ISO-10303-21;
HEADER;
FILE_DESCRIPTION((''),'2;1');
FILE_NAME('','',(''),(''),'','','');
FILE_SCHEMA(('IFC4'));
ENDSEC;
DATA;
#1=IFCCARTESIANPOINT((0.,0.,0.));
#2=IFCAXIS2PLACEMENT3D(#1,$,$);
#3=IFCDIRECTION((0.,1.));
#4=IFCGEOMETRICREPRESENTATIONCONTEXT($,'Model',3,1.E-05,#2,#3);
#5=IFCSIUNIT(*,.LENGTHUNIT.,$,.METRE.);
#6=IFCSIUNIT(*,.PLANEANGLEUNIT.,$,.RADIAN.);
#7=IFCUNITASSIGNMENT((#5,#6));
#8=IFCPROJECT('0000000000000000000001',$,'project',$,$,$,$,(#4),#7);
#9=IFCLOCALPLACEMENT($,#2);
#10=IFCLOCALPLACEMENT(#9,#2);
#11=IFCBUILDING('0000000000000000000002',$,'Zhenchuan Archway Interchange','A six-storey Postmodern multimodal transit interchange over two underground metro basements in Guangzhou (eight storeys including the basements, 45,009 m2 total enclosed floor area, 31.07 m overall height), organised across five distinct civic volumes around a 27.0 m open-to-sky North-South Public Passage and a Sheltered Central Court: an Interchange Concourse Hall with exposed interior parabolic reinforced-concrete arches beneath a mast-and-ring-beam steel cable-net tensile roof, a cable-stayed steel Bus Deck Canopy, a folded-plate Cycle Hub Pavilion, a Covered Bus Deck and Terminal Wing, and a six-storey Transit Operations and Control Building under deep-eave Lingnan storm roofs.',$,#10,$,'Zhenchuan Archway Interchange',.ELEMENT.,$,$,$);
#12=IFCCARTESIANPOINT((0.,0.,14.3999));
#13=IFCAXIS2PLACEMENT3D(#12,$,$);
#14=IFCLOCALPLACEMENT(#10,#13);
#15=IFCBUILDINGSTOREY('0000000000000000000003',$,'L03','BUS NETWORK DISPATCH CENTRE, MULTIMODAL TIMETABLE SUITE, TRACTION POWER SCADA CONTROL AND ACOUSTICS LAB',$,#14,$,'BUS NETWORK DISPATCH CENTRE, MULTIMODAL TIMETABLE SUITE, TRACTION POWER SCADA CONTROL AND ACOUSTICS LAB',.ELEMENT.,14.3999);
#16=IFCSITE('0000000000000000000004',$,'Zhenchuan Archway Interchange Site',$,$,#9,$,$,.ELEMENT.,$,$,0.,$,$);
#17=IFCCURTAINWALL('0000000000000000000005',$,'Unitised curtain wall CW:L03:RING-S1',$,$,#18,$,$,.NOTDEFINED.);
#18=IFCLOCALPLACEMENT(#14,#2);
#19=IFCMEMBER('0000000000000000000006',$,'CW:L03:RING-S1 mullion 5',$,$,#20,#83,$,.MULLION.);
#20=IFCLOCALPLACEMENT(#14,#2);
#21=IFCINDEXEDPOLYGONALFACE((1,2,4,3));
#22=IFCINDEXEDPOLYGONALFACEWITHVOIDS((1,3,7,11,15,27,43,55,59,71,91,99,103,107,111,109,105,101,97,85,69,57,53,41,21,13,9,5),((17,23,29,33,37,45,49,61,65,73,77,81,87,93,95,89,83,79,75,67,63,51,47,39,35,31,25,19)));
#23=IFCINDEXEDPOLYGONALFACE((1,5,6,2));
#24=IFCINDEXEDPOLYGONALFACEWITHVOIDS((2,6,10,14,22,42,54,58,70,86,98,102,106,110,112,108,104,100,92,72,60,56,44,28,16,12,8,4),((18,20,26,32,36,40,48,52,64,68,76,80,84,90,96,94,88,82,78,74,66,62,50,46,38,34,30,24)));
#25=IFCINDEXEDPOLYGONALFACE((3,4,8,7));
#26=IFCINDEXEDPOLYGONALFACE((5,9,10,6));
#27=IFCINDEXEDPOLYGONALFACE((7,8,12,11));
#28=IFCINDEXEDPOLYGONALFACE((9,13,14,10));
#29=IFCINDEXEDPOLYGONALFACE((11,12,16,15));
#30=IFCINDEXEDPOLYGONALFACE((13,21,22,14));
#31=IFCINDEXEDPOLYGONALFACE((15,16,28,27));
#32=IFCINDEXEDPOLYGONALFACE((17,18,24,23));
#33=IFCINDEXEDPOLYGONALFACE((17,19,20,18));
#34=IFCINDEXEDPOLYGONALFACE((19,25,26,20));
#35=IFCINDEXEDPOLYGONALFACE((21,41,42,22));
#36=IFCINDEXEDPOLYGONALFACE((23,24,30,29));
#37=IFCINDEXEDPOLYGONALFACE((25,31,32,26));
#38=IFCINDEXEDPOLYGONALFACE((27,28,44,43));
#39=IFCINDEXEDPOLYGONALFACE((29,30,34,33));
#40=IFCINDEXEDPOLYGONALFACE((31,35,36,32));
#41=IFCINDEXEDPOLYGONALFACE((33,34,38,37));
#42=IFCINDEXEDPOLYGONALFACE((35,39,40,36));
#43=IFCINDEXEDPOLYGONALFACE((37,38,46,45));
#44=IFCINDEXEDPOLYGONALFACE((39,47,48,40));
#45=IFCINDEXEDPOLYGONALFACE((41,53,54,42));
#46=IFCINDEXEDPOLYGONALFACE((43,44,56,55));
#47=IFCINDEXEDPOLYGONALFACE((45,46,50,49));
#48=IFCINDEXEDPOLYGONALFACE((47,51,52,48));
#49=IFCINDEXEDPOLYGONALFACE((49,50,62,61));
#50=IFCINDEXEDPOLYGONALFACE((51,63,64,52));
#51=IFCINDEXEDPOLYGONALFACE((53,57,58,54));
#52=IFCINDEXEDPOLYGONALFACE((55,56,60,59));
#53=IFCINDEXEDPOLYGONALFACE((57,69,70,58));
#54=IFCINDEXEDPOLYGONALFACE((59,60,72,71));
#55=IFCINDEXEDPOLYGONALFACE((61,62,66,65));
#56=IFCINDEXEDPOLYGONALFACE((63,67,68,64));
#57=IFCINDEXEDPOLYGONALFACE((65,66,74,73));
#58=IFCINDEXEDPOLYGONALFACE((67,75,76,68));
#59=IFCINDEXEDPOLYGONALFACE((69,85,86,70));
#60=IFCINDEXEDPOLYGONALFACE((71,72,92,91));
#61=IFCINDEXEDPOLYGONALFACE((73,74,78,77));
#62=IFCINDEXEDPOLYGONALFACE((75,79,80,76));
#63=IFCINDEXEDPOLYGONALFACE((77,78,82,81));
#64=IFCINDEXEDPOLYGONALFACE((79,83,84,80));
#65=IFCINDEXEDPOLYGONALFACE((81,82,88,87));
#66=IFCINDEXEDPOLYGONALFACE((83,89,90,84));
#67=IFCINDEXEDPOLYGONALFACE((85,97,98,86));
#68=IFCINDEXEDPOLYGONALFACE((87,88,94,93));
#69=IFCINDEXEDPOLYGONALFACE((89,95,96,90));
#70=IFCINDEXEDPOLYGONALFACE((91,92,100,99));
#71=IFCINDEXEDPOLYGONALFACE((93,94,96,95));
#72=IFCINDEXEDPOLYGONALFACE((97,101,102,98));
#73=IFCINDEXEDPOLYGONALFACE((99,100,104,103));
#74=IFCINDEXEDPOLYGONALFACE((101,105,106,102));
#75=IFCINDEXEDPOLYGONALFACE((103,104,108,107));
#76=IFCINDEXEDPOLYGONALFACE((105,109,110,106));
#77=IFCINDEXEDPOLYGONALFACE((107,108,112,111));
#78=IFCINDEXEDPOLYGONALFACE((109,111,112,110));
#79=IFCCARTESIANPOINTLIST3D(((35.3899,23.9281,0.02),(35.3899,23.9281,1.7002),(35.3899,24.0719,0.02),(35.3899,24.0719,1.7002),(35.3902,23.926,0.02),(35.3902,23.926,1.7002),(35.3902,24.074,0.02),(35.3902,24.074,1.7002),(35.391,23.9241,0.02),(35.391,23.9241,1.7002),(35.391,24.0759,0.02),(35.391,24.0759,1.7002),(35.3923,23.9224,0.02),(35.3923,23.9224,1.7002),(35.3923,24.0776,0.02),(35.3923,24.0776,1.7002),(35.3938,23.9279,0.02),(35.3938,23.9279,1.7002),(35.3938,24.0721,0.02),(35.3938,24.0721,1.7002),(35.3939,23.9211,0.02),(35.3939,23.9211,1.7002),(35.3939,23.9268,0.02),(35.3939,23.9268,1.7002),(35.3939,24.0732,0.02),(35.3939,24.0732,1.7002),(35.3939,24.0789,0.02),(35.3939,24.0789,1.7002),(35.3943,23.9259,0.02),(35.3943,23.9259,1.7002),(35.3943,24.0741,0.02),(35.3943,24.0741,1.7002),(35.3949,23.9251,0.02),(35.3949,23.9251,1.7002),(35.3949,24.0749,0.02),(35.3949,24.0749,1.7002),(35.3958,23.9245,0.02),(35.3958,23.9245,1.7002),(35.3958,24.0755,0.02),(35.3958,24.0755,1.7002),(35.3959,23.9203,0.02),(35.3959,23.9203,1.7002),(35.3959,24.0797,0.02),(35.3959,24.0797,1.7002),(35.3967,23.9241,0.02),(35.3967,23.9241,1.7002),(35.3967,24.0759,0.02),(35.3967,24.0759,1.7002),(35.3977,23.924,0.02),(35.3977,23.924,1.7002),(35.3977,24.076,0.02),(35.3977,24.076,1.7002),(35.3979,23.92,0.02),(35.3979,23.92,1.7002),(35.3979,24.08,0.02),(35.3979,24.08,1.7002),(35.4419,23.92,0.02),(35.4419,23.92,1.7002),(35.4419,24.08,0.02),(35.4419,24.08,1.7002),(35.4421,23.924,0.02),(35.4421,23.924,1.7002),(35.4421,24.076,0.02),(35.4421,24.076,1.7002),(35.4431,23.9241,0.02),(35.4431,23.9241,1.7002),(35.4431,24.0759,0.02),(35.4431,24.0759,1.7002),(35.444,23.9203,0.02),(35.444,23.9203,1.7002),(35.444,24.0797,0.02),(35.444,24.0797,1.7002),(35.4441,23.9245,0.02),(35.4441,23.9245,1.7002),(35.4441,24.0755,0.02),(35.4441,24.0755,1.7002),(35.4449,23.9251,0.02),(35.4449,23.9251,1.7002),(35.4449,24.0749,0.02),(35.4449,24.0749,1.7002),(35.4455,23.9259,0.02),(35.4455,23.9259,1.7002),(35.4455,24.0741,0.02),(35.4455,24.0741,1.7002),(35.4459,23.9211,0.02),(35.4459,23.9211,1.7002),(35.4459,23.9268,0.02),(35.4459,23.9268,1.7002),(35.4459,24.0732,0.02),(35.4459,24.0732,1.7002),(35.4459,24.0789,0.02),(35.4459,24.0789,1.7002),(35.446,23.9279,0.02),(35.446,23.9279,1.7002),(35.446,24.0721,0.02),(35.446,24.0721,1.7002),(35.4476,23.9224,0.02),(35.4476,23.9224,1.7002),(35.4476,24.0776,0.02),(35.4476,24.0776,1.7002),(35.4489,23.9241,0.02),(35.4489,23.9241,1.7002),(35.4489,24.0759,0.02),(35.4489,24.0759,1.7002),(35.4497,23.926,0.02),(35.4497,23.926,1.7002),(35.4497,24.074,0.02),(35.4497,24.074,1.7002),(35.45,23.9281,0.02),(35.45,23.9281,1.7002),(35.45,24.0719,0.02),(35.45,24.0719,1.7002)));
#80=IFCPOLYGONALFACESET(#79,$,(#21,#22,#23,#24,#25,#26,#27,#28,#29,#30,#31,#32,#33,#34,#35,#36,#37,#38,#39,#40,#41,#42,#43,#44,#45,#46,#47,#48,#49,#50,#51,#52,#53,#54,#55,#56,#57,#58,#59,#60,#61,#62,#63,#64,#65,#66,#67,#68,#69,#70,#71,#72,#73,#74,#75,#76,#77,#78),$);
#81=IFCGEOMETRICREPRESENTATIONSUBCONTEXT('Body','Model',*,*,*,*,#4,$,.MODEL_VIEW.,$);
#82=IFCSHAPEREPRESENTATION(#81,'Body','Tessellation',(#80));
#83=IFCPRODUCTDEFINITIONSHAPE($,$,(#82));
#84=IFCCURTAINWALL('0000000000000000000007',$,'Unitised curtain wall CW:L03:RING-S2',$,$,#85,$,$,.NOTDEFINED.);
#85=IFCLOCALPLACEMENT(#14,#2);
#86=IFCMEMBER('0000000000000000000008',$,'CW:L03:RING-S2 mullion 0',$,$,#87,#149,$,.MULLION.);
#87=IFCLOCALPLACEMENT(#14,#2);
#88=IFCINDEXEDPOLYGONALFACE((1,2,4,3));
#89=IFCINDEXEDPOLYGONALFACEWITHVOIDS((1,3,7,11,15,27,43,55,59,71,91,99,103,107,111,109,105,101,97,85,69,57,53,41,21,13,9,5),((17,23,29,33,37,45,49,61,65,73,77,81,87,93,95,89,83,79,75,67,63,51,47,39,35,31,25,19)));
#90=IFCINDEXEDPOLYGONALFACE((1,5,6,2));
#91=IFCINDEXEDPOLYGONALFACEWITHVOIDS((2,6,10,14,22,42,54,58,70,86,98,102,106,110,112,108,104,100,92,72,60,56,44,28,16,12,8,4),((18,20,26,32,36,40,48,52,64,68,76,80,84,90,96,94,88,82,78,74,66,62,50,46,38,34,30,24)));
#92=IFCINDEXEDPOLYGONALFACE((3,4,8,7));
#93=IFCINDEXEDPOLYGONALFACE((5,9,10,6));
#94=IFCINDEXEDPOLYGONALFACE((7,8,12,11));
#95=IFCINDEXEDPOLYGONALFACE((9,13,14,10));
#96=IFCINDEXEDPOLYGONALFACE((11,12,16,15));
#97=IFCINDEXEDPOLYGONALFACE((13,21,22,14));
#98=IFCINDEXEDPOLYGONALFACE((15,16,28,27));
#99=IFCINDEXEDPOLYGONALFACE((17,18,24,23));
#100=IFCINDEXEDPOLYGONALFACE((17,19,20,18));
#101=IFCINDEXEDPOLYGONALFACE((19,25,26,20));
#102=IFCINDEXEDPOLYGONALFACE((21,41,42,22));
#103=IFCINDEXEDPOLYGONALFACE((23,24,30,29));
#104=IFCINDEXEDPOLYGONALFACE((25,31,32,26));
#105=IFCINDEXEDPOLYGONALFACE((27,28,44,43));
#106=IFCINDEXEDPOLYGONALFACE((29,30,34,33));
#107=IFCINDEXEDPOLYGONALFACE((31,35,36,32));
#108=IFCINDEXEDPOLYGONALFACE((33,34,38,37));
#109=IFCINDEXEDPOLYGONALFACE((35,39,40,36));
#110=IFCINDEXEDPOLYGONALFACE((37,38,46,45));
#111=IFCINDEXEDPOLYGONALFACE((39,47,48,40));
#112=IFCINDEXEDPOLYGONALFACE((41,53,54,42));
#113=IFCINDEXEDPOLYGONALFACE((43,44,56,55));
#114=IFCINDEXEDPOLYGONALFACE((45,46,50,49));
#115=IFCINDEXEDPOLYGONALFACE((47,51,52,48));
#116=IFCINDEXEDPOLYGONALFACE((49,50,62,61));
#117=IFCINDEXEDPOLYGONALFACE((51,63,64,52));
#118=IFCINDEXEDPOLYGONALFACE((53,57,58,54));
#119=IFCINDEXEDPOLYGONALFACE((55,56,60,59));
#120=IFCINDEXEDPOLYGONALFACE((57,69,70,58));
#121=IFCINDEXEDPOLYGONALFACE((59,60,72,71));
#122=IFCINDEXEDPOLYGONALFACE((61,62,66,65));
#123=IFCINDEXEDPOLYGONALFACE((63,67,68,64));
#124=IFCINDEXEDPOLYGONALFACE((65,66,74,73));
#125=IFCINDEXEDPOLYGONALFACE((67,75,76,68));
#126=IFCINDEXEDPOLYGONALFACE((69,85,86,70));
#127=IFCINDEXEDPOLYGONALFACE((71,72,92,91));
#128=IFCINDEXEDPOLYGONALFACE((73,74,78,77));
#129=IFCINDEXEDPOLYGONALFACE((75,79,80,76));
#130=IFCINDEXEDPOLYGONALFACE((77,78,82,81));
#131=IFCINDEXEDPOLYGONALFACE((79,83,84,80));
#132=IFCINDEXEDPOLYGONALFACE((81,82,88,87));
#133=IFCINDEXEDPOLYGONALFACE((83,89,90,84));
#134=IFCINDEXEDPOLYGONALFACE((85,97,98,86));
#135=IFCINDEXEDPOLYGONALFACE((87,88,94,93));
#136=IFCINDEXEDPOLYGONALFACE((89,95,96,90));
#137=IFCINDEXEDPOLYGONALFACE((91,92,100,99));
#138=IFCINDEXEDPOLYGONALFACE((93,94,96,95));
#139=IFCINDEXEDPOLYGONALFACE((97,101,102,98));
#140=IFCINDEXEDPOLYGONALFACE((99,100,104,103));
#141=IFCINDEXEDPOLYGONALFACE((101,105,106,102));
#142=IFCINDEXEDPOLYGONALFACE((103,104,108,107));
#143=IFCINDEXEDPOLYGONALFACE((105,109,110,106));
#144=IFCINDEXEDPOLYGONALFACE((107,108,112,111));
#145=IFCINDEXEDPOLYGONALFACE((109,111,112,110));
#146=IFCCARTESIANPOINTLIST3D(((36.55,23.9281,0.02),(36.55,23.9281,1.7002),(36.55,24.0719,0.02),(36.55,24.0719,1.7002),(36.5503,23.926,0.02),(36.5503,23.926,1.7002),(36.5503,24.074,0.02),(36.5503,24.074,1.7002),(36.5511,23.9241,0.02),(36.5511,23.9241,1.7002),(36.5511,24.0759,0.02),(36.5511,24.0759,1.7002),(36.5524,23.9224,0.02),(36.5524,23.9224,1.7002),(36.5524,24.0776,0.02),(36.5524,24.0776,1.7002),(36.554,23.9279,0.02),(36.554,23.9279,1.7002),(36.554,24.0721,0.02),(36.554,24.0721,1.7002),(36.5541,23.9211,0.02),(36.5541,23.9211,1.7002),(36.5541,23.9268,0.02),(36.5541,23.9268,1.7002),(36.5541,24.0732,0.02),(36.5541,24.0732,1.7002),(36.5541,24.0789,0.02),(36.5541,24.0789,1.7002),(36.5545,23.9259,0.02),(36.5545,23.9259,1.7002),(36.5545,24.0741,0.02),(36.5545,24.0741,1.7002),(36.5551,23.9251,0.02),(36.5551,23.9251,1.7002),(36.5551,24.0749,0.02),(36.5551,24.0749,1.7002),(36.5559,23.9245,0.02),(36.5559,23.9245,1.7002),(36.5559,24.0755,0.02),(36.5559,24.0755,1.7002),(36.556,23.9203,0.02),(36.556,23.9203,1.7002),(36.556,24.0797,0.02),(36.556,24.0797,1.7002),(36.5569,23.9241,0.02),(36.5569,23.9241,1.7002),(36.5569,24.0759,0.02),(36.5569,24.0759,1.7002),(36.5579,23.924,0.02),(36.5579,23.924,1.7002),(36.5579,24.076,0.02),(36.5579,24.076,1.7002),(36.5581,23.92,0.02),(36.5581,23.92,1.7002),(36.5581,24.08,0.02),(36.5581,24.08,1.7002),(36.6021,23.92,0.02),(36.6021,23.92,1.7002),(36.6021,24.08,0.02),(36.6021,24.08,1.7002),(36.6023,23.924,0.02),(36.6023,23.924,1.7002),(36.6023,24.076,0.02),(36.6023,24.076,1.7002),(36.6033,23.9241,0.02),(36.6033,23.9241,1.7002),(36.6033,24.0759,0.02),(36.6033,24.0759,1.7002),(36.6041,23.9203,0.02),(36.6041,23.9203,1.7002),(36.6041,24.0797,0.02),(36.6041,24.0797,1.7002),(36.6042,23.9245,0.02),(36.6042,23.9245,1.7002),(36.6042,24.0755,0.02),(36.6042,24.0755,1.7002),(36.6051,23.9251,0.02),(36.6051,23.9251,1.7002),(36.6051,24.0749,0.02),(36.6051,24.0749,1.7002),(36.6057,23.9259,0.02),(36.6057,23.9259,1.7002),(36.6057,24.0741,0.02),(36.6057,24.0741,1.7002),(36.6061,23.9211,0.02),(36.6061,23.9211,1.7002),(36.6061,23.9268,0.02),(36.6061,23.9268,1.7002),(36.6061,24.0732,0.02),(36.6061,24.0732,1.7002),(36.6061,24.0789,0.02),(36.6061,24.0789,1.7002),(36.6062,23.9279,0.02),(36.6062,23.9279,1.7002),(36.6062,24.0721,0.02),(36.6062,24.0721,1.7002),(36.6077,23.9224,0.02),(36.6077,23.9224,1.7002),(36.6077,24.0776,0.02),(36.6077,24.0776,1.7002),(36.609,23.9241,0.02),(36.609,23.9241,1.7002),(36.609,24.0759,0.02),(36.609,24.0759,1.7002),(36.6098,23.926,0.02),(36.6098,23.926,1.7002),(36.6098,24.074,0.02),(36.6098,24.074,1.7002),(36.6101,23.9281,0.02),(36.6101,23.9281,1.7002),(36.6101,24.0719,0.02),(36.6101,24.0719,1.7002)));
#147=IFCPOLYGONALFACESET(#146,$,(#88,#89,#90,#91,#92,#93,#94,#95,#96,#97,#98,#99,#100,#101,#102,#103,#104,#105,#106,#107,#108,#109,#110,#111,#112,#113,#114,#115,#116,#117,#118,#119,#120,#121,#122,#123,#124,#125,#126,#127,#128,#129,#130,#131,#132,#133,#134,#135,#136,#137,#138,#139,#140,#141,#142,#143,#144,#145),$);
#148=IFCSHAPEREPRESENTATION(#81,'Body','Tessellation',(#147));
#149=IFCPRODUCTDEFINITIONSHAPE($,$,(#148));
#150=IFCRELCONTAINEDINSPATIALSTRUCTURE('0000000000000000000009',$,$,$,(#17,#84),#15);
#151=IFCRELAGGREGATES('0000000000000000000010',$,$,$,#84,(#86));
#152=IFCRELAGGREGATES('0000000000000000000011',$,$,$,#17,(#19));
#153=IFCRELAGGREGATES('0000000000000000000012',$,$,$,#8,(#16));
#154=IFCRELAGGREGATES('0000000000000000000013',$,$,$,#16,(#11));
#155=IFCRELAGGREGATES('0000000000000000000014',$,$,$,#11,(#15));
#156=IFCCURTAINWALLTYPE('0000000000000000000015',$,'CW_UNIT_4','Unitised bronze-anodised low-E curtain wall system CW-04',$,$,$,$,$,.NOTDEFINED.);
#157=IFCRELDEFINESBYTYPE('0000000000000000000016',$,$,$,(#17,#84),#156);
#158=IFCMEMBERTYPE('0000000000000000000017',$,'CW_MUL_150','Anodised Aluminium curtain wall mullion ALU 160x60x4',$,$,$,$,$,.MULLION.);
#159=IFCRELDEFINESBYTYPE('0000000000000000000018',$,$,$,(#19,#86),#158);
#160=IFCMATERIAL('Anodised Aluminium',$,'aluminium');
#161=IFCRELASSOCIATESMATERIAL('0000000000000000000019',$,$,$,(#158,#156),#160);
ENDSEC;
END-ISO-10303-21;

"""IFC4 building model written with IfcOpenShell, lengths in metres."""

from ifc_helpers import new_model, si_unit, direction, frame, origin, origin_2d, place, context, subcontext, project, spatial, hollow_rectangle, extrude, material, material_profile, profile_set, type_object, element, aggregate, save


model = new_model("IFC4")

# Units and contexts
model_context = context("Model", 3, precision=1e-05, world=origin(), true_north=direction((0.0, 1.0)))
body_context = subcontext(model_context, "Body", "Model", "MODEL_VIEW")
ifc_project = project(units=[si_unit("LENGTHUNIT", "METRE"), si_unit("PLANEANGLEUNIT", "RADIAN")], contexts=[model_context])

# Site, building, storey
site_placement = place(None, origin())
site = spatial("IfcSite", under=ifc_project, at=site_placement, Name="Zhenchuan Archway Interchange Site", CompositionType="ELEMENT", RefElevation=0.0)
building_placement = place(site_placement, origin())
building = spatial("IfcBuilding", under=site, at=building_placement, Name="Zhenchuan Archway Interchange", Description="A six-storey Postmodern multimodal transit interchange over two underground metro basements in Guangzhou (eight storeys including the basements, 45,009 m2 total enclosed floor area, 31.07 m overall height), organised across five distinct civic volumes around a 27.0 m open-to-sky North-South Public Passage and a Sheltered Central Court: an Interchange Concourse Hall with exposed interior parabolic reinforced-concrete arches beneath a mast-and-ring-beam steel cable-net tensile roof, a cable-stayed steel Bus Deck Canopy, a folded-plate Cycle Hub Pavilion, a Covered Bus Deck and Terminal Wing, and a six-storey Transit Operations and Control Building under deep-eave Lingnan storm roofs.", LongName="Zhenchuan Archway Interchange", CompositionType="ELEMENT")
storey_placement = place(building_placement, frame((0.0, 0.0, 14.3999)))
storey = spatial("IfcBuildingStorey", under=building, at=storey_placement, Name="L03", Description="BUS NETWORK DISPATCH CENTRE, MULTIMODAL TIMETABLE SUITE, TRACTION POWER SCADA CONTROL AND ACOUSTICS LAB", LongName="BUS NETWORK DISPATCH CENTRE, MULTIMODAL TIMETABLE SUITE, TRACTION POWER SCADA CONTROL AND ACOUSTICS LAB", CompositionType="ELEMENT", Elevation=14.3999)

# Shared definitions
ifc_material_1 = material(Name="Anodised Aluminium", Category="aluminium")
ifc_material_profile_1 = material_profile(ifc_material_1, hollow_rectangle(XDim=0.0601, YDim=0.1599, WallThickness=0.0039, InnerFilletRadius=0.0039, OuterFilletRadius=0.0081, at=origin_2d()), Name="ALU 160x60x4")
ifc_profile_set_1 = profile_set([ifc_material_profile_1], Name="Anodised Aluminium")
member_type_1 = type_object("IfcMemberType", Name="CW_MUL_150", Description="Anodised Aluminium curtain wall mullion ALU 160x60x4", PredefinedType="MULLION", material=ifc_profile_set_1)

# Curtain walls, members
curtain_wall_type_1 = type_object("IfcCurtainWallType", Name="CW_UNIT_4", Description="Unitised bronze-anodised low-E curtain wall system CW-04", PredefinedType="NOTDEFINED", material=ifc_material_1)
curtain_wall_1_placement = place(storey_placement, origin())
curtain_wall_1 = element("IfcCurtainWall", 1, at=curtain_wall_1_placement, inside=storey, type_object=curtain_wall_type_1, Name="Unitised curtain wall CW:L03:RING-S1", PredefinedType="NOTDEFINED")
member_1_placement = place(storey_placement, frame((35.4199, 24.0, 0.02), z_axis=(0.0, 0.0, 1.0), x_axis=(1.0, 0.0, 0.0)))
member_1 = element("IfcMember", 2, at=member_1_placement, type_object=member_type_1, Name="CW:L03:RING-S1 mullion 5", PredefinedType="MULLION", context=body_context, shape_type="SweptSolid", body=[
    extrude(hollow_rectangle(XDim=0.0601, YDim=0.1599, WallThickness=0.0039, InnerFilletRadius=0.0039, OuterFilletRadius=0.0081, at=origin_2d()), origin(), (0.0, 0.0, 1.0), 1.6802),
])
curtain_wall_2_placement = place(storey_placement, origin())
curtain_wall_2 = element("IfcCurtainWall", 3, at=curtain_wall_2_placement, inside=storey, type_object=curtain_wall_type_1, Name="Unitised curtain wall CW:L03:RING-S2", PredefinedType="NOTDEFINED")
member_2_placement = place(storey_placement, frame((36.5801, 24.0, 0.02), z_axis=(0.0, 0.0, 1.0), x_axis=(1.0, 0.0, 0.0)))
member_2 = element("IfcMember", 4, at=member_2_placement, type_object=member_type_1, Name="CW:L03:RING-S2 mullion 0", PredefinedType="MULLION", context=body_context, shape_type="SweptSolid", body=[
    extrude(hollow_rectangle(XDim=0.0601, YDim=0.1599, WallThickness=0.0039, InnerFilletRadius=0.0039, OuterFilletRadius=0.0081, at=origin_2d()), origin(), (0.0, 0.0, 1.0), 1.6802),
])

aggregate(curtain_wall_2, [member_2])

aggregate(curtain_wall_1, [member_1])

save(model, "model.ifc")
